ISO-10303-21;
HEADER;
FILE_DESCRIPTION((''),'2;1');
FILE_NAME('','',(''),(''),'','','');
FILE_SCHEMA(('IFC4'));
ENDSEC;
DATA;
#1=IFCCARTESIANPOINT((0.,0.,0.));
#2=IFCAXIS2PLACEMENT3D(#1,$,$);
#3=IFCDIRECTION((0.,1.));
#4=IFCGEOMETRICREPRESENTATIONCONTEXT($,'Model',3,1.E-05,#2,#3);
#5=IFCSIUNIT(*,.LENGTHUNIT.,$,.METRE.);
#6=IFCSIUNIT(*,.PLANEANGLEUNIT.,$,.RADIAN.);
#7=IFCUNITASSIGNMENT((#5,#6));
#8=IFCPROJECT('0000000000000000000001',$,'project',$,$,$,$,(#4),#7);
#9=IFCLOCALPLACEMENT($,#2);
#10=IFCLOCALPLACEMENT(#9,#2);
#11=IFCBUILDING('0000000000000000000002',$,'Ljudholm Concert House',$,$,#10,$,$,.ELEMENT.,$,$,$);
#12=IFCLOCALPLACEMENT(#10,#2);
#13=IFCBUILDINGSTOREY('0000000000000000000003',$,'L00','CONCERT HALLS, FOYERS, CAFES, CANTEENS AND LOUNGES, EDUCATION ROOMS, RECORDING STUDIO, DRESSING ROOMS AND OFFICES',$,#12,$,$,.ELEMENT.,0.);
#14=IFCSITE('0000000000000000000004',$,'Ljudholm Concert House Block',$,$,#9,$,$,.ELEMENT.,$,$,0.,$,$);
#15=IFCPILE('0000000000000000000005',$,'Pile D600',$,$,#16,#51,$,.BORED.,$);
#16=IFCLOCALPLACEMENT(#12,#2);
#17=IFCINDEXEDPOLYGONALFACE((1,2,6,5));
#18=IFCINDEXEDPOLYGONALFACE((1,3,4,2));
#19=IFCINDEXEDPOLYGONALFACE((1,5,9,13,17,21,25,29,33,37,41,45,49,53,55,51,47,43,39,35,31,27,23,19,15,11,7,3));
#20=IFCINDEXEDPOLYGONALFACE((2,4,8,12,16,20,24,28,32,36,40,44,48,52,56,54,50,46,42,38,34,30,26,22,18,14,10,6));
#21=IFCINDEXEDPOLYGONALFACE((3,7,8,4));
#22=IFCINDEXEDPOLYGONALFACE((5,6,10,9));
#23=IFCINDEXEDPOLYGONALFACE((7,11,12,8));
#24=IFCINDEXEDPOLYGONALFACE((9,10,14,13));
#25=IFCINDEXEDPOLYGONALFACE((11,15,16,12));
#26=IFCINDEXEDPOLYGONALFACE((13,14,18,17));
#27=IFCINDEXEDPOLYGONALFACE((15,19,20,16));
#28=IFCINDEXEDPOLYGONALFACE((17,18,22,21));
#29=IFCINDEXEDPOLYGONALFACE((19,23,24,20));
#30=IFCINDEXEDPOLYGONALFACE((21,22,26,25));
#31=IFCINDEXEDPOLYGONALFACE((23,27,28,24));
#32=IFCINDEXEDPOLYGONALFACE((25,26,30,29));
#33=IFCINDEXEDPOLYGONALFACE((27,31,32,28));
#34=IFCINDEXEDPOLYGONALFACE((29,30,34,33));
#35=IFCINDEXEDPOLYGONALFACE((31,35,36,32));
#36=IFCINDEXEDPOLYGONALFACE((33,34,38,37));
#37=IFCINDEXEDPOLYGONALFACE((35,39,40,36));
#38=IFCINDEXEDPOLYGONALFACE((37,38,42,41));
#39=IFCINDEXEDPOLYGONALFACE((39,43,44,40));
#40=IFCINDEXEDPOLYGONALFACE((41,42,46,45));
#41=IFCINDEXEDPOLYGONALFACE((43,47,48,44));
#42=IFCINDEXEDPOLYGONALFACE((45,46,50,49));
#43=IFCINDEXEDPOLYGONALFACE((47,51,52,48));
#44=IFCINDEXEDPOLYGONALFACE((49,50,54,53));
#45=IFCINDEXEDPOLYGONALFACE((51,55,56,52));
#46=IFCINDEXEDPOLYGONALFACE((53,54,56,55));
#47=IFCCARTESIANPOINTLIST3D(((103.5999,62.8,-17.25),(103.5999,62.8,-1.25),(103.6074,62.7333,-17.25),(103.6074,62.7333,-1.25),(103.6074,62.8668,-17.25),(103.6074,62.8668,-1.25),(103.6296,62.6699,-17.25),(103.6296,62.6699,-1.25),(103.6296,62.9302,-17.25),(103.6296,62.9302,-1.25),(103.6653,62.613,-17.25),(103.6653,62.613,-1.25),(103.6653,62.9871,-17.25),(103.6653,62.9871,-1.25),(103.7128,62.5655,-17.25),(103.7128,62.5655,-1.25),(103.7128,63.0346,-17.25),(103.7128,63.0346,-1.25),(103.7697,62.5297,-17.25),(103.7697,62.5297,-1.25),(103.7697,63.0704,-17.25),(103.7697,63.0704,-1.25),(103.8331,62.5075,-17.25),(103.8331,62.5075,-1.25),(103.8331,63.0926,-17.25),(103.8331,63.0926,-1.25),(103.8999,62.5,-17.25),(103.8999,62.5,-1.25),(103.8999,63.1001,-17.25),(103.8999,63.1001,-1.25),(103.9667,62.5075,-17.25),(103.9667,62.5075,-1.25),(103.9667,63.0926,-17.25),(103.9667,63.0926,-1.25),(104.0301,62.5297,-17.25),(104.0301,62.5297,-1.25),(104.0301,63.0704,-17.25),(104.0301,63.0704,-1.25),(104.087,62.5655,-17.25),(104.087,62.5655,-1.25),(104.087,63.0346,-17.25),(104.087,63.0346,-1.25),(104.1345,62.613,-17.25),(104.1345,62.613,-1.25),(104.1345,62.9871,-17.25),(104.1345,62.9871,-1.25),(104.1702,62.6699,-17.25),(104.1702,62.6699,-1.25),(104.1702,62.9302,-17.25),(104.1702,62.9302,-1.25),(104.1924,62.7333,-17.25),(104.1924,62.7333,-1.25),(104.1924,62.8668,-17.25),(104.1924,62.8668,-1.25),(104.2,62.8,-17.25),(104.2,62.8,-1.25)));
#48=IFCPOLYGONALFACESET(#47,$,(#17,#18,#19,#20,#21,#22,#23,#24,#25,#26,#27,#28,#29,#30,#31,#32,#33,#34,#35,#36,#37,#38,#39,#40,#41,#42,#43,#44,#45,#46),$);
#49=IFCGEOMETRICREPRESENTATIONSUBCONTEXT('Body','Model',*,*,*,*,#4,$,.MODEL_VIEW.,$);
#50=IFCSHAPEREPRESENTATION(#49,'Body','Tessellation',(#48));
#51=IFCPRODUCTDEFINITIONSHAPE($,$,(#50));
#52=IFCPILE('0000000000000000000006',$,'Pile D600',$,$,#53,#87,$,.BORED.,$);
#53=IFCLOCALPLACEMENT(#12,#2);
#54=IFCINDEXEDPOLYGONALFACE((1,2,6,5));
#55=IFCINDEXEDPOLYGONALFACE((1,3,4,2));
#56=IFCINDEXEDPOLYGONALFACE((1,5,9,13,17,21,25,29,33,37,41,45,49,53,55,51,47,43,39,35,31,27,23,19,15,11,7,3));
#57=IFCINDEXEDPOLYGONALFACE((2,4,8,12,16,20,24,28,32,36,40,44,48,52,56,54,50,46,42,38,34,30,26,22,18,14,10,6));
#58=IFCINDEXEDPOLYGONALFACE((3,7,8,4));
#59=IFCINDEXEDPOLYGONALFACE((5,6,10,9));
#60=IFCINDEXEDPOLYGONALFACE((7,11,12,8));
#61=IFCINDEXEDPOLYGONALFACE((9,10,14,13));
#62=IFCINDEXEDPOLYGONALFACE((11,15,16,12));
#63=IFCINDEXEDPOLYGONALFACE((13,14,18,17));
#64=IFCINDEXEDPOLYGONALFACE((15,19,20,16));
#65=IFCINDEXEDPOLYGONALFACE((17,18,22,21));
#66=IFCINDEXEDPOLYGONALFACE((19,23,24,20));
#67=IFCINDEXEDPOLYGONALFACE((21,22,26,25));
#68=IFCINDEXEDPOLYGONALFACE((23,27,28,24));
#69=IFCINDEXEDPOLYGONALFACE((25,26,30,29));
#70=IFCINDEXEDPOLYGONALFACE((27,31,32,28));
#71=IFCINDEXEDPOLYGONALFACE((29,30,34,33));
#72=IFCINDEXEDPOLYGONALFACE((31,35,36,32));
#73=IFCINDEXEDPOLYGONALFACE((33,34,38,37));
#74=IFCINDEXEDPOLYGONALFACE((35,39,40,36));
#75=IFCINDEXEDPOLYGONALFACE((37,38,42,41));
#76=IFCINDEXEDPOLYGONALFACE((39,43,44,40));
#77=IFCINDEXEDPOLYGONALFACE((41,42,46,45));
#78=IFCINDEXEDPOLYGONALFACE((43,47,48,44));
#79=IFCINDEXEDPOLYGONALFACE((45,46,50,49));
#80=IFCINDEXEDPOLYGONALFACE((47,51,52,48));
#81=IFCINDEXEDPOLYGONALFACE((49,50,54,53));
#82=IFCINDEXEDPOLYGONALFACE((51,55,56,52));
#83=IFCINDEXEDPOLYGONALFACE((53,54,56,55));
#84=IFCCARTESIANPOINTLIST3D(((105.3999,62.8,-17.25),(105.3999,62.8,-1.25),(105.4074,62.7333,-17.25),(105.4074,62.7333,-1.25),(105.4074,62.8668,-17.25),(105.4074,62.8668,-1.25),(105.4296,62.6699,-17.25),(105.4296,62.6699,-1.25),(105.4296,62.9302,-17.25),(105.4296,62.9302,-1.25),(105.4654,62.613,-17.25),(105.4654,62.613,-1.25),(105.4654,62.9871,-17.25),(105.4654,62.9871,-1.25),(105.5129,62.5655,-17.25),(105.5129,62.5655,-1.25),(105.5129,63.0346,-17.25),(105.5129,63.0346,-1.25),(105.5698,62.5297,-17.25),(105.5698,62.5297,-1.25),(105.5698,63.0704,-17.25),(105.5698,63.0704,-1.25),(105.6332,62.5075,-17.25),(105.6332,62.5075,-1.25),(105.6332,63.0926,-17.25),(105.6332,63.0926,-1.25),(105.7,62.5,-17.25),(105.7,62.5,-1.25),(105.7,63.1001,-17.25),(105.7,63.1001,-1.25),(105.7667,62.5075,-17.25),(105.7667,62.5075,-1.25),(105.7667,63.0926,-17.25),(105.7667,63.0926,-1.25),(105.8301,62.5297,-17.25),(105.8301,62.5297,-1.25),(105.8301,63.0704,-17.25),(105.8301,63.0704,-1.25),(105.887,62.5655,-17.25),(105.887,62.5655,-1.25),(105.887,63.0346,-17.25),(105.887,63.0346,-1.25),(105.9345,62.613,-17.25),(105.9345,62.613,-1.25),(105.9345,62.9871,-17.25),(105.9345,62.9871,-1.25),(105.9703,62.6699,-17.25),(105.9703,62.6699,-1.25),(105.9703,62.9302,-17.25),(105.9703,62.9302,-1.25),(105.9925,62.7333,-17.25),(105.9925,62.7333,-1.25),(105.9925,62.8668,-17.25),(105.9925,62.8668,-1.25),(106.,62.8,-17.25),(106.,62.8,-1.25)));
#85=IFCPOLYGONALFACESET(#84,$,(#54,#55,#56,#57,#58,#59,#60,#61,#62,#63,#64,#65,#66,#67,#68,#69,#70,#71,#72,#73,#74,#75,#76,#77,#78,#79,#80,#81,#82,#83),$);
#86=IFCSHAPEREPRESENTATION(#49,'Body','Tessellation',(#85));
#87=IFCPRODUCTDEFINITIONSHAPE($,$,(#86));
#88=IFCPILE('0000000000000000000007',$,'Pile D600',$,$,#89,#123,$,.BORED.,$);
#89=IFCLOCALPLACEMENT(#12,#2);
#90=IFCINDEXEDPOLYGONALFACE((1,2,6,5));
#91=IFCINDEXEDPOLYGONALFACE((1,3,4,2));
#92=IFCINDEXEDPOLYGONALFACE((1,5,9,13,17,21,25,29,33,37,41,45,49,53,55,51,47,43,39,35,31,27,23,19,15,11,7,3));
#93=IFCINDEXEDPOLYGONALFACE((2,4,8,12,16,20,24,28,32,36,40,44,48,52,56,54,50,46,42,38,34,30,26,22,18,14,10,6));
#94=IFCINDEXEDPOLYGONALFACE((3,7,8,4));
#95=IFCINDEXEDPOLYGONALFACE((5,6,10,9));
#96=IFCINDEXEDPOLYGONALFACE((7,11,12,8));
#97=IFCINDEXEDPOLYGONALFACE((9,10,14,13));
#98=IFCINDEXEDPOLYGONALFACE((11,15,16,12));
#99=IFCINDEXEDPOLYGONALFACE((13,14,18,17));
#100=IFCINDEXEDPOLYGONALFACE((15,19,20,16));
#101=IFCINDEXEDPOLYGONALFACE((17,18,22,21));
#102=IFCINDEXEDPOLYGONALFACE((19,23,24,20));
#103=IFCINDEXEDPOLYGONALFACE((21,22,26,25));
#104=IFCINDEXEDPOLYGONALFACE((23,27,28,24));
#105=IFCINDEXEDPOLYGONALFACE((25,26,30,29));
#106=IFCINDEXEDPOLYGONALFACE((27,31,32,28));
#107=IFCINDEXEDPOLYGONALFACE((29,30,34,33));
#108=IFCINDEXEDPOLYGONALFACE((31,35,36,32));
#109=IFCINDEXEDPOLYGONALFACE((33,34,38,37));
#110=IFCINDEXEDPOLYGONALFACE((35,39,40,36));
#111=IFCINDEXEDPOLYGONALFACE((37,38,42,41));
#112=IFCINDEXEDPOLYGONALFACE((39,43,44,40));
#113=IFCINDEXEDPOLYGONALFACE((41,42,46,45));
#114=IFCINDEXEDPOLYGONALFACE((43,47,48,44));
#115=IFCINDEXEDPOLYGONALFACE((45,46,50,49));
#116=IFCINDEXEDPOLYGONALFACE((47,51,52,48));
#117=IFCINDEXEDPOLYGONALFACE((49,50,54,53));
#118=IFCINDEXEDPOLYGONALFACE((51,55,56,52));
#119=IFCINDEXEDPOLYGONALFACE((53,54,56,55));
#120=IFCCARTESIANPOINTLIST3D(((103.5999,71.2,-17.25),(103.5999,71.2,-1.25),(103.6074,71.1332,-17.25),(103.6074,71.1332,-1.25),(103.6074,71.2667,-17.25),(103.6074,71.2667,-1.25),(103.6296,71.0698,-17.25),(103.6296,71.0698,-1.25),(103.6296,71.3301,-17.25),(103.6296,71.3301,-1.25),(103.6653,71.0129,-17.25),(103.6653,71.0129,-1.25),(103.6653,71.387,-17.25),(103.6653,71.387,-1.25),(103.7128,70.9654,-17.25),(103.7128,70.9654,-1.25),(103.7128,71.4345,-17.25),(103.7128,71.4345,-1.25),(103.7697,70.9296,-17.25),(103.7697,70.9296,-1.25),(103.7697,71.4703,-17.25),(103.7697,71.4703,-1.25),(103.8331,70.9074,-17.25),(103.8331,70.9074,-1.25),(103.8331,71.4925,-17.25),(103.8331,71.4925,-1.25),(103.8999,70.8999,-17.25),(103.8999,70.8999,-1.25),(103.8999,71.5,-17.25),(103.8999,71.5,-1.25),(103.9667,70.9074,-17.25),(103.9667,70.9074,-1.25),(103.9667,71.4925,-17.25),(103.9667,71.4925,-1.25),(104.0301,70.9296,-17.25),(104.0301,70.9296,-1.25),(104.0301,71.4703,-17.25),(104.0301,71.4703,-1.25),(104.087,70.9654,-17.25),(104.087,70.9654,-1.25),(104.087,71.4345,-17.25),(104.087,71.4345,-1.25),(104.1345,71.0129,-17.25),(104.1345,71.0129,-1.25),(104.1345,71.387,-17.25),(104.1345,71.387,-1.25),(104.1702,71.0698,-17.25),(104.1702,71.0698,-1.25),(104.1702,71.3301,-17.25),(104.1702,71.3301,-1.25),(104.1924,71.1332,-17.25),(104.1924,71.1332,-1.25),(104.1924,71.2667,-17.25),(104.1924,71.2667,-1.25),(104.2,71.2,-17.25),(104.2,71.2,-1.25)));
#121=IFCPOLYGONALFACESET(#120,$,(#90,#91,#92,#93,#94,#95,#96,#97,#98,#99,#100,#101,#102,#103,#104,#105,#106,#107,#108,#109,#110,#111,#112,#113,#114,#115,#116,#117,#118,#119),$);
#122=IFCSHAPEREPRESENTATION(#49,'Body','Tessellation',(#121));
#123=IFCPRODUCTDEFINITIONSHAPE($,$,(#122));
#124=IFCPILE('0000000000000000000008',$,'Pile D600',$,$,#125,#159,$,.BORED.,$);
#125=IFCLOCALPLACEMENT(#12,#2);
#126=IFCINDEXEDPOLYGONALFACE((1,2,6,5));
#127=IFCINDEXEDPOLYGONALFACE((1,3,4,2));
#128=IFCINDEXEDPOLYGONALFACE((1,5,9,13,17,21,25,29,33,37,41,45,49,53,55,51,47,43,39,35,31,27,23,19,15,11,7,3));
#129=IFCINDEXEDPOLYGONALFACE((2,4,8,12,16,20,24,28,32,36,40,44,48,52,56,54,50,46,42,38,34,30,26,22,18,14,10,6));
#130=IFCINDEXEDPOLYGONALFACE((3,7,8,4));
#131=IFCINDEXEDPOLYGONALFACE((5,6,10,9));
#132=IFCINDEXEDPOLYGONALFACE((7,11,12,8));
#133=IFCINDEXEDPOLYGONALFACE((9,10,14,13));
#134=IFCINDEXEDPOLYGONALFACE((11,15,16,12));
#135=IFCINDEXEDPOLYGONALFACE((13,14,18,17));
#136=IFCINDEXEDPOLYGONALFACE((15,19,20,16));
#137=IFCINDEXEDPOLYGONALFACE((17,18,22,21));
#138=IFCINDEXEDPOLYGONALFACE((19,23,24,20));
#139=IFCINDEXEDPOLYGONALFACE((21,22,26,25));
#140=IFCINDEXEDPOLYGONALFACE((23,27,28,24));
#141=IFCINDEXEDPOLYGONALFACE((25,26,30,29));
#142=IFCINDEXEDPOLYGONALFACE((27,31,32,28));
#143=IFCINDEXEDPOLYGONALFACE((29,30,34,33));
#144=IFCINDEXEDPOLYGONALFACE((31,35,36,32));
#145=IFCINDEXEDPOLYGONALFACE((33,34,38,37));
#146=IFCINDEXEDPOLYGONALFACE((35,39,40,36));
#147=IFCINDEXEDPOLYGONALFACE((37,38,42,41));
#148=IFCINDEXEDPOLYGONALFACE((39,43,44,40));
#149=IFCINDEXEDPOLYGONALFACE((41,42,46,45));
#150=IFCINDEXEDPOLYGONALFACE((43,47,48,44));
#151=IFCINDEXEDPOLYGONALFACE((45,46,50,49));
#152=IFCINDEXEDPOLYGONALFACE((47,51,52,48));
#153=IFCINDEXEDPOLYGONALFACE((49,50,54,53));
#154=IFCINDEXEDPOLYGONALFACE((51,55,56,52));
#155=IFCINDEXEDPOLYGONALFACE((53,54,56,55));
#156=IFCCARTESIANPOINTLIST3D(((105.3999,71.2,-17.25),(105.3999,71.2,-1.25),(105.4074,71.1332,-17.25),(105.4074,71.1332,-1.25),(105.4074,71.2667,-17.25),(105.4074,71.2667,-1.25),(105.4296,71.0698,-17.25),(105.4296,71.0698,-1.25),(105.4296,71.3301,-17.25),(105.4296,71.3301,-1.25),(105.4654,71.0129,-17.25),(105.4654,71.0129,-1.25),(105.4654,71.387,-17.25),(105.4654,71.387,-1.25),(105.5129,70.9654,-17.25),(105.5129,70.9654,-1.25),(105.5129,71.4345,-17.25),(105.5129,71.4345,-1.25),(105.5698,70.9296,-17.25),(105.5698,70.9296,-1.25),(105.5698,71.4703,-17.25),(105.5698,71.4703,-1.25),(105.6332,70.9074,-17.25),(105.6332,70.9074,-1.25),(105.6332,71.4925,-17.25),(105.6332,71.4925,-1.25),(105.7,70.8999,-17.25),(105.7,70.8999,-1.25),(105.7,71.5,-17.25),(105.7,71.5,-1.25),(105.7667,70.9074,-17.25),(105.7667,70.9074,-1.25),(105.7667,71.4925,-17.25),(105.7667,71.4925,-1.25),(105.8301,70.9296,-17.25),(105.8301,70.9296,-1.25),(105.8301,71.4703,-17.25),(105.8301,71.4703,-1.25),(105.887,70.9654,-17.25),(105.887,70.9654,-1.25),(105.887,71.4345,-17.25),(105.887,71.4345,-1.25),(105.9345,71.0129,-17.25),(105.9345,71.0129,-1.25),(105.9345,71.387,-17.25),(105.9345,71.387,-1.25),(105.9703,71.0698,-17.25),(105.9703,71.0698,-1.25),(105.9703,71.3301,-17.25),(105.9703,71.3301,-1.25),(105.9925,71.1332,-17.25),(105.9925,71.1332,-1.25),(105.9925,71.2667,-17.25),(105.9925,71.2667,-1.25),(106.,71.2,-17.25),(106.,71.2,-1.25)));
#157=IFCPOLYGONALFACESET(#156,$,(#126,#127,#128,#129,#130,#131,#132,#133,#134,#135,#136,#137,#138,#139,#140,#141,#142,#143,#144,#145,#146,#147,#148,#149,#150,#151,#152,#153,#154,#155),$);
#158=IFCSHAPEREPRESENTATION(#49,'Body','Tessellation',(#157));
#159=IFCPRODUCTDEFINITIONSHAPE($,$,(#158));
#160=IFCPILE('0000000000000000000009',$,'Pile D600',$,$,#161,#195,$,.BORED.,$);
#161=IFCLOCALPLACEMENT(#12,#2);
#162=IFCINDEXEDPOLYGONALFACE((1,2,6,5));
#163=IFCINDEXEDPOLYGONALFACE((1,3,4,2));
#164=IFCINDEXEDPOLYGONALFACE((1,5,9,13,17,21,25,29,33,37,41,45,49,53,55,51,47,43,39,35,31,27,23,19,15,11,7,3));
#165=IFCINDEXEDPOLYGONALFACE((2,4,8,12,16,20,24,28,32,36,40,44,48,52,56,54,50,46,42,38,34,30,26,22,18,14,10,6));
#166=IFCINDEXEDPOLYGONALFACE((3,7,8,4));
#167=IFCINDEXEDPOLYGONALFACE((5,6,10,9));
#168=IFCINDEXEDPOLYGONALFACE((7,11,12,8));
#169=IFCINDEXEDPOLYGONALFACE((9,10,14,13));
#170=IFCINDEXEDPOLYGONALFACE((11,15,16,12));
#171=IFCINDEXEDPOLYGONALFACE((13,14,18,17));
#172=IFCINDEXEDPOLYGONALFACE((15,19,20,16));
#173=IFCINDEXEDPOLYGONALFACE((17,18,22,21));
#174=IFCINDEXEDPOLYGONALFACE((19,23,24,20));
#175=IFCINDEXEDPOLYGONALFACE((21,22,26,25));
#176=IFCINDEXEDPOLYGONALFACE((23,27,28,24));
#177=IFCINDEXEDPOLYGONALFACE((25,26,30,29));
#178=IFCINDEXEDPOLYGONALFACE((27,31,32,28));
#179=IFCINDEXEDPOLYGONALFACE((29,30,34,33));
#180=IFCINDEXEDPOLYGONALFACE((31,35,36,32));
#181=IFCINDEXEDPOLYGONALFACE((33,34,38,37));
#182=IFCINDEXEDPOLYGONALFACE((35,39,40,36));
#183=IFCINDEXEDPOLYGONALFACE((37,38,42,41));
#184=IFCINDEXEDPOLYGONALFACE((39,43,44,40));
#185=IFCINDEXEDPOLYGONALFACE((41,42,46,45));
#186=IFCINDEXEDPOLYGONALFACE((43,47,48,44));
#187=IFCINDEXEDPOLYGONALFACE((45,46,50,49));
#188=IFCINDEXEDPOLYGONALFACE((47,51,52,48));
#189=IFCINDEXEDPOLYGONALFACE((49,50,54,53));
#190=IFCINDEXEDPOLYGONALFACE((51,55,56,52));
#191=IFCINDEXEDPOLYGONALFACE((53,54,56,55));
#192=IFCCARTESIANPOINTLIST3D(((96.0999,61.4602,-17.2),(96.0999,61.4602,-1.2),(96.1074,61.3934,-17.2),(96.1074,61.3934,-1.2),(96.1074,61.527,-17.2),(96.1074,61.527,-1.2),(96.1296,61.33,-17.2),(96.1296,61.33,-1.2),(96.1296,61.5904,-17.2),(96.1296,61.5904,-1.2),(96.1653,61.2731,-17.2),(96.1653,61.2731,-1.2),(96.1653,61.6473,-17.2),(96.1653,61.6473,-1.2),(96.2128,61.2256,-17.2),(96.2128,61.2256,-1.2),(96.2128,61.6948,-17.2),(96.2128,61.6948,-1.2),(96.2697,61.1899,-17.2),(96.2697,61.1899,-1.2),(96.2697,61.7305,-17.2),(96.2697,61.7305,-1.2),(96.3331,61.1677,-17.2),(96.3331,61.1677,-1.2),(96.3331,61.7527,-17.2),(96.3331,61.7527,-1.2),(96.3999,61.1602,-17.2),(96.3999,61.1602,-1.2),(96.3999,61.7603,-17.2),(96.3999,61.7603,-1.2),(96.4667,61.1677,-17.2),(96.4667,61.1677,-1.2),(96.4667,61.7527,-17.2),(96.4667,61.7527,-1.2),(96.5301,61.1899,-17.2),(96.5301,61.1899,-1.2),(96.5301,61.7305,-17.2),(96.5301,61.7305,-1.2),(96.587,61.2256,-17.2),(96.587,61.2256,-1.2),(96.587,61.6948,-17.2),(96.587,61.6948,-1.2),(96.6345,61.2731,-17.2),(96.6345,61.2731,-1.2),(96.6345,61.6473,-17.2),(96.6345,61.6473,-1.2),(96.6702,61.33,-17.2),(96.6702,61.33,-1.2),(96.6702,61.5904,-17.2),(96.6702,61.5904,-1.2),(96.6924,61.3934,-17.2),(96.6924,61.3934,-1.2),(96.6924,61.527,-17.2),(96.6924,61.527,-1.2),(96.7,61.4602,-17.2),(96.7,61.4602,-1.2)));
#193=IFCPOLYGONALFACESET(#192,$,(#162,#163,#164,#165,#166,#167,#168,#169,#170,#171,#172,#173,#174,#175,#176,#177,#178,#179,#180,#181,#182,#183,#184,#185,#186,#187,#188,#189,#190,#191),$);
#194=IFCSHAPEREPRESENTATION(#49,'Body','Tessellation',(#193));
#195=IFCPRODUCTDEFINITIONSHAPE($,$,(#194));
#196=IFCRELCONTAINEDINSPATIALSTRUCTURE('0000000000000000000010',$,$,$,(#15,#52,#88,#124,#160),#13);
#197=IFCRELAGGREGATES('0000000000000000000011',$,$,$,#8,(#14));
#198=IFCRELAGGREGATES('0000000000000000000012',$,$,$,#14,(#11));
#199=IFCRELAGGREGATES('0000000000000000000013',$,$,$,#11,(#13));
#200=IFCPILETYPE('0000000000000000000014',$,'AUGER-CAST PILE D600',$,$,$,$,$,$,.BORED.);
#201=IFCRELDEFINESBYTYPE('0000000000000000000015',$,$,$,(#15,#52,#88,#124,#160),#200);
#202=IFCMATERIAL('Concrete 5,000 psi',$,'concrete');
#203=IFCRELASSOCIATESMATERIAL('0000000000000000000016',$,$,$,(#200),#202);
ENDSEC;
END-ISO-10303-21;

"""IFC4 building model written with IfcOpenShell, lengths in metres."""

from ifc_helpers import new_model, si_unit, direction, frame, origin, origin_2d, place, context, subcontext, project, spatial, circle, extrude, material, material_profile, profile_set, type_object, element, save


model = new_model("IFC4")

# Units and contexts
model_context = context("Model", 3, precision=1e-05, world=origin(), true_north=direction((0.0, 1.0)))
body_context = subcontext(model_context, "Body", "Model", "MODEL_VIEW")
ifc_project = project(units=[si_unit("LENGTHUNIT", "METRE"), si_unit("PLANEANGLEUNIT", "RADIAN")], contexts=[model_context])

# Site, building, storey
site_placement = place(None, origin())
site = spatial("IfcSite", under=ifc_project, at=site_placement, Name="Ljudholm Concert House Block", CompositionType="ELEMENT", RefElevation=0.0)
building_placement = place(site_placement, origin())
building = spatial("IfcBuilding", under=site, at=building_placement, Name="Ljudholm Concert House", CompositionType="ELEMENT")
storey_placement = place(building_placement, origin())
storey = spatial("IfcBuildingStorey", under=building, at=storey_placement, Name="L00", Description="CONCERT HALLS, FOYERS, CAFES, CANTEENS AND LOUNGES, EDUCATION ROOMS, RECORDING STUDIO, DRESSING ROOMS AND OFFICES", CompositionType="ELEMENT", Elevation=0.0)

# Piles
ifc_material_1 = material(Name="Concrete 5,000 psi", Category="concrete")
ifc_material_profile_1 = material_profile(ifc_material_1, circle(Radius=0.3, at=origin_2d()), Name="AUGER-CAST PILE D600")
ifc_profile_set_1 = profile_set([ifc_material_profile_1], Name="Concrete 5,000 psi")
pile_type = type_object("IfcPileType", Name="AUGER-CAST PILE D600", PredefinedType="BORED", material=ifc_profile_set_1)
for number, where, z_axis, x_axis, name in (
    (1, (103.8999, 62.8, -1.25), (0.0, 0.0, -1.0), (1.0, 0.0, 0.0), "Pile D600"),
    (2, (105.7, 62.8, -1.25), (0.0, 0.0, -1.0), (1.0, 0.0, 0.0), "Pile D600"),
    (3, (103.8999, 71.2, -1.25), (0.0, 0.0, -1.0), (1.0, 0.0, 0.0), "Pile D600"),
    (4, (105.7, 71.2, -1.25), (0.0, 0.0, -1.0), (1.0, 0.0, 0.0), "Pile D600"),
    (5, (96.3999, 61.4602, -1.2), (0.0, 0.0, -1.0), (1.0, 0.0, 0.0), "Pile D600"),
):
    element("IfcPile", number, at=place(storey_placement, frame(where, z_axis=z_axis, x_axis=x_axis)), inside=storey, type_object=pile_type, Name=name, PredefinedType="BORED", context=body_context, shape_type="SweptSolid", body=[
        extrude(circle(Radius=0.3, at=origin_2d()), origin(), (0.0, 0.0, 1.0), 16.0),
    ])

save(model, "model.ifc")
